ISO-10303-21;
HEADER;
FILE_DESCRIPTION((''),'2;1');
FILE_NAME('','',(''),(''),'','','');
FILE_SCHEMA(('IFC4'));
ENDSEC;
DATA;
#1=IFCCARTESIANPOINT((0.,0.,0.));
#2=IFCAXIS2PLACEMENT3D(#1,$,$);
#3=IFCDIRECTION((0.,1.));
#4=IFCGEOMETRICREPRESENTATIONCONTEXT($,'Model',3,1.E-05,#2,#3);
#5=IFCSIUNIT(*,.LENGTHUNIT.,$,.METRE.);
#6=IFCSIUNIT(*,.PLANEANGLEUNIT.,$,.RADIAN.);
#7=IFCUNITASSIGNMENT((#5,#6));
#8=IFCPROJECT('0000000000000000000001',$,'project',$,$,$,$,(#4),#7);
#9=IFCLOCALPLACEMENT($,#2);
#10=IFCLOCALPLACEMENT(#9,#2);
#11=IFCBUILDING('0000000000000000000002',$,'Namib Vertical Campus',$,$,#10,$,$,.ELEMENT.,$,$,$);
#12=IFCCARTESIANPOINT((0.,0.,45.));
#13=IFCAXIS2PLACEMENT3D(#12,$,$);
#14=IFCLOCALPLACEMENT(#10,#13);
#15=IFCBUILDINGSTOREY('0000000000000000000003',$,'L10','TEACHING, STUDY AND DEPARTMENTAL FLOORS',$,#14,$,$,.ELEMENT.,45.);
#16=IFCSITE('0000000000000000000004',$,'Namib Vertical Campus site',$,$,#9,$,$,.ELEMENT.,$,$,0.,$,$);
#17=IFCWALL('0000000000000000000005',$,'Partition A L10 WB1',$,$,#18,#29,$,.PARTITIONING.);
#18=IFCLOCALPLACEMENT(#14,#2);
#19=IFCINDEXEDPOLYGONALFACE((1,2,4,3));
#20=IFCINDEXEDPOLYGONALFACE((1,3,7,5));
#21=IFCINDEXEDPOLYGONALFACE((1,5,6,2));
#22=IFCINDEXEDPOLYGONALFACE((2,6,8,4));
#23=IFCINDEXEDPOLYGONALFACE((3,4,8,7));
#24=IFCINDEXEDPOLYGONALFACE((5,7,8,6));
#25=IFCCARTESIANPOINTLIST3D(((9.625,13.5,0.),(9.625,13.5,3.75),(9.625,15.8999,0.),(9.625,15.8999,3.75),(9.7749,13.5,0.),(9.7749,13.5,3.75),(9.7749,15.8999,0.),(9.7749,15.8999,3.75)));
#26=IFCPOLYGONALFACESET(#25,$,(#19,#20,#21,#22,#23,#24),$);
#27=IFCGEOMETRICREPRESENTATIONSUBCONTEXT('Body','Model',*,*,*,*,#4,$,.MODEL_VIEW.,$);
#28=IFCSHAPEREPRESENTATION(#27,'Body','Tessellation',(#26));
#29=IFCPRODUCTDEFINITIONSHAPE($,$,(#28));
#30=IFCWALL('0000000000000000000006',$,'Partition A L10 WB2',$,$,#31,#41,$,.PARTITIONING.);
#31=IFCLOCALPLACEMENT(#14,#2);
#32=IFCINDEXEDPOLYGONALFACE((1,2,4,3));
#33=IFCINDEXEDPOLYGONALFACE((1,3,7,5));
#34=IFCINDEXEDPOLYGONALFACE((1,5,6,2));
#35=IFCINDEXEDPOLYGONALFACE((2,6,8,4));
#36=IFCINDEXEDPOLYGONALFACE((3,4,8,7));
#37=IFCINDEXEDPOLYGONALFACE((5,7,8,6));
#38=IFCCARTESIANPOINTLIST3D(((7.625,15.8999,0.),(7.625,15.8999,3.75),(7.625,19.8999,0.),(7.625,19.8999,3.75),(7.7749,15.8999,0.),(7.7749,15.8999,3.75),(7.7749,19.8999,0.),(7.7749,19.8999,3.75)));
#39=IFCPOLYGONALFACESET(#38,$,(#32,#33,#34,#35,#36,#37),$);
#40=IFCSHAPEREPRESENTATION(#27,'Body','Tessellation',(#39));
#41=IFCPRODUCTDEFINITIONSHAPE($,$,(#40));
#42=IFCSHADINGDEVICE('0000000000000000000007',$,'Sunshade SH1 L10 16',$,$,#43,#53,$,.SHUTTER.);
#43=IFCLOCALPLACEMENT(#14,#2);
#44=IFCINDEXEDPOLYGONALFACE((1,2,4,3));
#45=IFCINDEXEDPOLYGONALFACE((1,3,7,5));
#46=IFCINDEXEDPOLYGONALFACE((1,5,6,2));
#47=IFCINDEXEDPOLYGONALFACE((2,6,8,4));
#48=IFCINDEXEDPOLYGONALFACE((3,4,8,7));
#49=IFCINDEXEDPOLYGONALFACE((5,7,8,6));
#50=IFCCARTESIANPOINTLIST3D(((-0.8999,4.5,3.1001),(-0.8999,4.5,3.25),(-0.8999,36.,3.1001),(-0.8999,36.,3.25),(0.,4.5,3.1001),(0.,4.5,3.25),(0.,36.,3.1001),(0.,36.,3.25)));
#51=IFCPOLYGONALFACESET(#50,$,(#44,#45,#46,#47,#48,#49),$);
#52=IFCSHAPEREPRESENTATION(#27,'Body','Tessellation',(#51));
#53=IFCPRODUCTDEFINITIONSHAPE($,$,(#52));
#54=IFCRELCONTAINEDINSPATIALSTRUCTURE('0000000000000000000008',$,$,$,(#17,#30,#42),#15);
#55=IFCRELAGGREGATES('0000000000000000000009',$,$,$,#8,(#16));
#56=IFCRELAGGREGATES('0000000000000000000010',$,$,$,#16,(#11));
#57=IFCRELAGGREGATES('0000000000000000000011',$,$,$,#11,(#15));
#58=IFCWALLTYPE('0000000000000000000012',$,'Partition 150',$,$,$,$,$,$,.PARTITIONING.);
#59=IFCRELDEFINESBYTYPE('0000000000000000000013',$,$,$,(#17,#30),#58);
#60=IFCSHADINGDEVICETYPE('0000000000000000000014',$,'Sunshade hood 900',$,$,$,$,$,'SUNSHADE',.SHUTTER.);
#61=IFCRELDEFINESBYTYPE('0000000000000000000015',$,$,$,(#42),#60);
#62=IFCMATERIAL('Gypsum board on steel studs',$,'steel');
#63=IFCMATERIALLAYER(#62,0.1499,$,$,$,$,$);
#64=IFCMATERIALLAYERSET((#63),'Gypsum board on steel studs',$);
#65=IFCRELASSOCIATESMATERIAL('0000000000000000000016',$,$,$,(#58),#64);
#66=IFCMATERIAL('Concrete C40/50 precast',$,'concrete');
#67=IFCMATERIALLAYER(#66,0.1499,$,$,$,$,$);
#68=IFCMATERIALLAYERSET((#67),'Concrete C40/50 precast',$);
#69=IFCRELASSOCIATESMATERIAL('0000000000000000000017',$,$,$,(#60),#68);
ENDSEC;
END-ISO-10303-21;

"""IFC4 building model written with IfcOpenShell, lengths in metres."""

from ifc_helpers import new_model, si_unit, direction, frame, frame_2d, origin, origin_2d, place, context, subcontext, project, spatial, rectangle, extrude, material, layer, layer_set, type_object, element, save


model = new_model("IFC4")

# Units and contexts
model_context = context("Model", 3, precision=1e-05, world=origin(), true_north=direction((0.0, 1.0)))
body_context = subcontext(model_context, "Body", "Model", "MODEL_VIEW")
ifc_project = project(units=[si_unit("LENGTHUNIT", "METRE"), si_unit("PLANEANGLEUNIT", "RADIAN")], contexts=[model_context])

# Site, building, storey
site_placement = place(None, origin())
site = spatial("IfcSite", under=ifc_project, at=site_placement, Name="Namib Vertical Campus site", CompositionType="ELEMENT", RefElevation=0.0)
building_placement = place(site_placement, origin())
building = spatial("IfcBuilding", under=site, at=building_placement, Name="Namib Vertical Campus", CompositionType="ELEMENT")
storey_placement = place(building_placement, frame((0.0, 0.0, 45.0)))
storey = spatial("IfcBuildingStorey", under=building, at=storey_placement, Name="L10", Description="TEACHING, STUDY AND DEPARTMENTAL FLOORS", CompositionType="ELEMENT", Elevation=45.0)

# Walls
ifc_material_1 = material(Name="Gypsum board on steel studs", Category="steel")
ifc_layer_1 = layer(ifc_material_1, 0.1499)
ifc_layer_set_1 = layer_set([ifc_layer_1], Name="Gypsum board on steel studs")
wall_type_1 = type_object("IfcWallType", Name="Partition 150", PredefinedType="PARTITIONING", material=ifc_layer_set_1)
wall_1_placement = place(storey_placement, frame((9.7, 13.5, 0.0), z_axis=(0.0, 0.0, 1.0), x_axis=(0.0, 1.0, 0.0)))
element("IfcWall", 1, at=wall_1_placement, inside=storey, type_object=wall_type_1, Name="Partition A L10 WB1", PredefinedType="PARTITIONING", context=body_context, shape_type="SweptSolid", body=[
    extrude(rectangle(XDim=2.3999, YDim=0.1499, at=frame_2d((1.2, 0.0))), origin(), (0.0, 0.0, 1.0), 3.75),
])
wall_2_placement = place(storey_placement, frame((7.7, 15.8999, 0.0), z_axis=(0.0, 0.0, 1.0), x_axis=(0.0, 1.0, 0.0)))
element("IfcWall", 2, at=wall_2_placement, inside=storey, type_object=wall_type_1, Name="Partition A L10 WB2", PredefinedType="PARTITIONING", context=body_context, shape_type="SweptSolid", body=[
    extrude(rectangle(XDim=4.0, YDim=0.1499, at=frame_2d((2.0, 0.0))), origin(), (0.0, 0.0, 1.0), 3.75),
])

# Shading device
ifc_material_2 = material(Name="Concrete C40/50 precast", Category="concrete")
ifc_layer_2 = layer(ifc_material_2, 0.1499)
ifc_layer_set_2 = layer_set([ifc_layer_2], Name="Concrete C40/50 precast")
shading_device_type = type_object("IfcShadingDeviceType", Name="Sunshade hood 900", ElementType="SUNSHADE", PredefinedType="SHUTTER", material=ifc_layer_set_2)
shading_device_placement = place(storey_placement, frame((-0.45, 20.25, 3.1001), z_axis=(0.0, 0.0, 1.0), x_axis=(0.0, -1.0, 0.0)))
element("IfcShadingDevice", 3, at=shading_device_placement, inside=storey, type_object=shading_device_type, Name="Sunshade SH1 L10 16", PredefinedType="SHUTTER", context=body_context, shape_type="SweptSolid", body=[
    extrude(rectangle(XDim=31.5, YDim=0.8999, at=origin_2d()), origin(), (0.0, 0.0, 1.0), 0.1499),
])

save(model, "model.ifc")
